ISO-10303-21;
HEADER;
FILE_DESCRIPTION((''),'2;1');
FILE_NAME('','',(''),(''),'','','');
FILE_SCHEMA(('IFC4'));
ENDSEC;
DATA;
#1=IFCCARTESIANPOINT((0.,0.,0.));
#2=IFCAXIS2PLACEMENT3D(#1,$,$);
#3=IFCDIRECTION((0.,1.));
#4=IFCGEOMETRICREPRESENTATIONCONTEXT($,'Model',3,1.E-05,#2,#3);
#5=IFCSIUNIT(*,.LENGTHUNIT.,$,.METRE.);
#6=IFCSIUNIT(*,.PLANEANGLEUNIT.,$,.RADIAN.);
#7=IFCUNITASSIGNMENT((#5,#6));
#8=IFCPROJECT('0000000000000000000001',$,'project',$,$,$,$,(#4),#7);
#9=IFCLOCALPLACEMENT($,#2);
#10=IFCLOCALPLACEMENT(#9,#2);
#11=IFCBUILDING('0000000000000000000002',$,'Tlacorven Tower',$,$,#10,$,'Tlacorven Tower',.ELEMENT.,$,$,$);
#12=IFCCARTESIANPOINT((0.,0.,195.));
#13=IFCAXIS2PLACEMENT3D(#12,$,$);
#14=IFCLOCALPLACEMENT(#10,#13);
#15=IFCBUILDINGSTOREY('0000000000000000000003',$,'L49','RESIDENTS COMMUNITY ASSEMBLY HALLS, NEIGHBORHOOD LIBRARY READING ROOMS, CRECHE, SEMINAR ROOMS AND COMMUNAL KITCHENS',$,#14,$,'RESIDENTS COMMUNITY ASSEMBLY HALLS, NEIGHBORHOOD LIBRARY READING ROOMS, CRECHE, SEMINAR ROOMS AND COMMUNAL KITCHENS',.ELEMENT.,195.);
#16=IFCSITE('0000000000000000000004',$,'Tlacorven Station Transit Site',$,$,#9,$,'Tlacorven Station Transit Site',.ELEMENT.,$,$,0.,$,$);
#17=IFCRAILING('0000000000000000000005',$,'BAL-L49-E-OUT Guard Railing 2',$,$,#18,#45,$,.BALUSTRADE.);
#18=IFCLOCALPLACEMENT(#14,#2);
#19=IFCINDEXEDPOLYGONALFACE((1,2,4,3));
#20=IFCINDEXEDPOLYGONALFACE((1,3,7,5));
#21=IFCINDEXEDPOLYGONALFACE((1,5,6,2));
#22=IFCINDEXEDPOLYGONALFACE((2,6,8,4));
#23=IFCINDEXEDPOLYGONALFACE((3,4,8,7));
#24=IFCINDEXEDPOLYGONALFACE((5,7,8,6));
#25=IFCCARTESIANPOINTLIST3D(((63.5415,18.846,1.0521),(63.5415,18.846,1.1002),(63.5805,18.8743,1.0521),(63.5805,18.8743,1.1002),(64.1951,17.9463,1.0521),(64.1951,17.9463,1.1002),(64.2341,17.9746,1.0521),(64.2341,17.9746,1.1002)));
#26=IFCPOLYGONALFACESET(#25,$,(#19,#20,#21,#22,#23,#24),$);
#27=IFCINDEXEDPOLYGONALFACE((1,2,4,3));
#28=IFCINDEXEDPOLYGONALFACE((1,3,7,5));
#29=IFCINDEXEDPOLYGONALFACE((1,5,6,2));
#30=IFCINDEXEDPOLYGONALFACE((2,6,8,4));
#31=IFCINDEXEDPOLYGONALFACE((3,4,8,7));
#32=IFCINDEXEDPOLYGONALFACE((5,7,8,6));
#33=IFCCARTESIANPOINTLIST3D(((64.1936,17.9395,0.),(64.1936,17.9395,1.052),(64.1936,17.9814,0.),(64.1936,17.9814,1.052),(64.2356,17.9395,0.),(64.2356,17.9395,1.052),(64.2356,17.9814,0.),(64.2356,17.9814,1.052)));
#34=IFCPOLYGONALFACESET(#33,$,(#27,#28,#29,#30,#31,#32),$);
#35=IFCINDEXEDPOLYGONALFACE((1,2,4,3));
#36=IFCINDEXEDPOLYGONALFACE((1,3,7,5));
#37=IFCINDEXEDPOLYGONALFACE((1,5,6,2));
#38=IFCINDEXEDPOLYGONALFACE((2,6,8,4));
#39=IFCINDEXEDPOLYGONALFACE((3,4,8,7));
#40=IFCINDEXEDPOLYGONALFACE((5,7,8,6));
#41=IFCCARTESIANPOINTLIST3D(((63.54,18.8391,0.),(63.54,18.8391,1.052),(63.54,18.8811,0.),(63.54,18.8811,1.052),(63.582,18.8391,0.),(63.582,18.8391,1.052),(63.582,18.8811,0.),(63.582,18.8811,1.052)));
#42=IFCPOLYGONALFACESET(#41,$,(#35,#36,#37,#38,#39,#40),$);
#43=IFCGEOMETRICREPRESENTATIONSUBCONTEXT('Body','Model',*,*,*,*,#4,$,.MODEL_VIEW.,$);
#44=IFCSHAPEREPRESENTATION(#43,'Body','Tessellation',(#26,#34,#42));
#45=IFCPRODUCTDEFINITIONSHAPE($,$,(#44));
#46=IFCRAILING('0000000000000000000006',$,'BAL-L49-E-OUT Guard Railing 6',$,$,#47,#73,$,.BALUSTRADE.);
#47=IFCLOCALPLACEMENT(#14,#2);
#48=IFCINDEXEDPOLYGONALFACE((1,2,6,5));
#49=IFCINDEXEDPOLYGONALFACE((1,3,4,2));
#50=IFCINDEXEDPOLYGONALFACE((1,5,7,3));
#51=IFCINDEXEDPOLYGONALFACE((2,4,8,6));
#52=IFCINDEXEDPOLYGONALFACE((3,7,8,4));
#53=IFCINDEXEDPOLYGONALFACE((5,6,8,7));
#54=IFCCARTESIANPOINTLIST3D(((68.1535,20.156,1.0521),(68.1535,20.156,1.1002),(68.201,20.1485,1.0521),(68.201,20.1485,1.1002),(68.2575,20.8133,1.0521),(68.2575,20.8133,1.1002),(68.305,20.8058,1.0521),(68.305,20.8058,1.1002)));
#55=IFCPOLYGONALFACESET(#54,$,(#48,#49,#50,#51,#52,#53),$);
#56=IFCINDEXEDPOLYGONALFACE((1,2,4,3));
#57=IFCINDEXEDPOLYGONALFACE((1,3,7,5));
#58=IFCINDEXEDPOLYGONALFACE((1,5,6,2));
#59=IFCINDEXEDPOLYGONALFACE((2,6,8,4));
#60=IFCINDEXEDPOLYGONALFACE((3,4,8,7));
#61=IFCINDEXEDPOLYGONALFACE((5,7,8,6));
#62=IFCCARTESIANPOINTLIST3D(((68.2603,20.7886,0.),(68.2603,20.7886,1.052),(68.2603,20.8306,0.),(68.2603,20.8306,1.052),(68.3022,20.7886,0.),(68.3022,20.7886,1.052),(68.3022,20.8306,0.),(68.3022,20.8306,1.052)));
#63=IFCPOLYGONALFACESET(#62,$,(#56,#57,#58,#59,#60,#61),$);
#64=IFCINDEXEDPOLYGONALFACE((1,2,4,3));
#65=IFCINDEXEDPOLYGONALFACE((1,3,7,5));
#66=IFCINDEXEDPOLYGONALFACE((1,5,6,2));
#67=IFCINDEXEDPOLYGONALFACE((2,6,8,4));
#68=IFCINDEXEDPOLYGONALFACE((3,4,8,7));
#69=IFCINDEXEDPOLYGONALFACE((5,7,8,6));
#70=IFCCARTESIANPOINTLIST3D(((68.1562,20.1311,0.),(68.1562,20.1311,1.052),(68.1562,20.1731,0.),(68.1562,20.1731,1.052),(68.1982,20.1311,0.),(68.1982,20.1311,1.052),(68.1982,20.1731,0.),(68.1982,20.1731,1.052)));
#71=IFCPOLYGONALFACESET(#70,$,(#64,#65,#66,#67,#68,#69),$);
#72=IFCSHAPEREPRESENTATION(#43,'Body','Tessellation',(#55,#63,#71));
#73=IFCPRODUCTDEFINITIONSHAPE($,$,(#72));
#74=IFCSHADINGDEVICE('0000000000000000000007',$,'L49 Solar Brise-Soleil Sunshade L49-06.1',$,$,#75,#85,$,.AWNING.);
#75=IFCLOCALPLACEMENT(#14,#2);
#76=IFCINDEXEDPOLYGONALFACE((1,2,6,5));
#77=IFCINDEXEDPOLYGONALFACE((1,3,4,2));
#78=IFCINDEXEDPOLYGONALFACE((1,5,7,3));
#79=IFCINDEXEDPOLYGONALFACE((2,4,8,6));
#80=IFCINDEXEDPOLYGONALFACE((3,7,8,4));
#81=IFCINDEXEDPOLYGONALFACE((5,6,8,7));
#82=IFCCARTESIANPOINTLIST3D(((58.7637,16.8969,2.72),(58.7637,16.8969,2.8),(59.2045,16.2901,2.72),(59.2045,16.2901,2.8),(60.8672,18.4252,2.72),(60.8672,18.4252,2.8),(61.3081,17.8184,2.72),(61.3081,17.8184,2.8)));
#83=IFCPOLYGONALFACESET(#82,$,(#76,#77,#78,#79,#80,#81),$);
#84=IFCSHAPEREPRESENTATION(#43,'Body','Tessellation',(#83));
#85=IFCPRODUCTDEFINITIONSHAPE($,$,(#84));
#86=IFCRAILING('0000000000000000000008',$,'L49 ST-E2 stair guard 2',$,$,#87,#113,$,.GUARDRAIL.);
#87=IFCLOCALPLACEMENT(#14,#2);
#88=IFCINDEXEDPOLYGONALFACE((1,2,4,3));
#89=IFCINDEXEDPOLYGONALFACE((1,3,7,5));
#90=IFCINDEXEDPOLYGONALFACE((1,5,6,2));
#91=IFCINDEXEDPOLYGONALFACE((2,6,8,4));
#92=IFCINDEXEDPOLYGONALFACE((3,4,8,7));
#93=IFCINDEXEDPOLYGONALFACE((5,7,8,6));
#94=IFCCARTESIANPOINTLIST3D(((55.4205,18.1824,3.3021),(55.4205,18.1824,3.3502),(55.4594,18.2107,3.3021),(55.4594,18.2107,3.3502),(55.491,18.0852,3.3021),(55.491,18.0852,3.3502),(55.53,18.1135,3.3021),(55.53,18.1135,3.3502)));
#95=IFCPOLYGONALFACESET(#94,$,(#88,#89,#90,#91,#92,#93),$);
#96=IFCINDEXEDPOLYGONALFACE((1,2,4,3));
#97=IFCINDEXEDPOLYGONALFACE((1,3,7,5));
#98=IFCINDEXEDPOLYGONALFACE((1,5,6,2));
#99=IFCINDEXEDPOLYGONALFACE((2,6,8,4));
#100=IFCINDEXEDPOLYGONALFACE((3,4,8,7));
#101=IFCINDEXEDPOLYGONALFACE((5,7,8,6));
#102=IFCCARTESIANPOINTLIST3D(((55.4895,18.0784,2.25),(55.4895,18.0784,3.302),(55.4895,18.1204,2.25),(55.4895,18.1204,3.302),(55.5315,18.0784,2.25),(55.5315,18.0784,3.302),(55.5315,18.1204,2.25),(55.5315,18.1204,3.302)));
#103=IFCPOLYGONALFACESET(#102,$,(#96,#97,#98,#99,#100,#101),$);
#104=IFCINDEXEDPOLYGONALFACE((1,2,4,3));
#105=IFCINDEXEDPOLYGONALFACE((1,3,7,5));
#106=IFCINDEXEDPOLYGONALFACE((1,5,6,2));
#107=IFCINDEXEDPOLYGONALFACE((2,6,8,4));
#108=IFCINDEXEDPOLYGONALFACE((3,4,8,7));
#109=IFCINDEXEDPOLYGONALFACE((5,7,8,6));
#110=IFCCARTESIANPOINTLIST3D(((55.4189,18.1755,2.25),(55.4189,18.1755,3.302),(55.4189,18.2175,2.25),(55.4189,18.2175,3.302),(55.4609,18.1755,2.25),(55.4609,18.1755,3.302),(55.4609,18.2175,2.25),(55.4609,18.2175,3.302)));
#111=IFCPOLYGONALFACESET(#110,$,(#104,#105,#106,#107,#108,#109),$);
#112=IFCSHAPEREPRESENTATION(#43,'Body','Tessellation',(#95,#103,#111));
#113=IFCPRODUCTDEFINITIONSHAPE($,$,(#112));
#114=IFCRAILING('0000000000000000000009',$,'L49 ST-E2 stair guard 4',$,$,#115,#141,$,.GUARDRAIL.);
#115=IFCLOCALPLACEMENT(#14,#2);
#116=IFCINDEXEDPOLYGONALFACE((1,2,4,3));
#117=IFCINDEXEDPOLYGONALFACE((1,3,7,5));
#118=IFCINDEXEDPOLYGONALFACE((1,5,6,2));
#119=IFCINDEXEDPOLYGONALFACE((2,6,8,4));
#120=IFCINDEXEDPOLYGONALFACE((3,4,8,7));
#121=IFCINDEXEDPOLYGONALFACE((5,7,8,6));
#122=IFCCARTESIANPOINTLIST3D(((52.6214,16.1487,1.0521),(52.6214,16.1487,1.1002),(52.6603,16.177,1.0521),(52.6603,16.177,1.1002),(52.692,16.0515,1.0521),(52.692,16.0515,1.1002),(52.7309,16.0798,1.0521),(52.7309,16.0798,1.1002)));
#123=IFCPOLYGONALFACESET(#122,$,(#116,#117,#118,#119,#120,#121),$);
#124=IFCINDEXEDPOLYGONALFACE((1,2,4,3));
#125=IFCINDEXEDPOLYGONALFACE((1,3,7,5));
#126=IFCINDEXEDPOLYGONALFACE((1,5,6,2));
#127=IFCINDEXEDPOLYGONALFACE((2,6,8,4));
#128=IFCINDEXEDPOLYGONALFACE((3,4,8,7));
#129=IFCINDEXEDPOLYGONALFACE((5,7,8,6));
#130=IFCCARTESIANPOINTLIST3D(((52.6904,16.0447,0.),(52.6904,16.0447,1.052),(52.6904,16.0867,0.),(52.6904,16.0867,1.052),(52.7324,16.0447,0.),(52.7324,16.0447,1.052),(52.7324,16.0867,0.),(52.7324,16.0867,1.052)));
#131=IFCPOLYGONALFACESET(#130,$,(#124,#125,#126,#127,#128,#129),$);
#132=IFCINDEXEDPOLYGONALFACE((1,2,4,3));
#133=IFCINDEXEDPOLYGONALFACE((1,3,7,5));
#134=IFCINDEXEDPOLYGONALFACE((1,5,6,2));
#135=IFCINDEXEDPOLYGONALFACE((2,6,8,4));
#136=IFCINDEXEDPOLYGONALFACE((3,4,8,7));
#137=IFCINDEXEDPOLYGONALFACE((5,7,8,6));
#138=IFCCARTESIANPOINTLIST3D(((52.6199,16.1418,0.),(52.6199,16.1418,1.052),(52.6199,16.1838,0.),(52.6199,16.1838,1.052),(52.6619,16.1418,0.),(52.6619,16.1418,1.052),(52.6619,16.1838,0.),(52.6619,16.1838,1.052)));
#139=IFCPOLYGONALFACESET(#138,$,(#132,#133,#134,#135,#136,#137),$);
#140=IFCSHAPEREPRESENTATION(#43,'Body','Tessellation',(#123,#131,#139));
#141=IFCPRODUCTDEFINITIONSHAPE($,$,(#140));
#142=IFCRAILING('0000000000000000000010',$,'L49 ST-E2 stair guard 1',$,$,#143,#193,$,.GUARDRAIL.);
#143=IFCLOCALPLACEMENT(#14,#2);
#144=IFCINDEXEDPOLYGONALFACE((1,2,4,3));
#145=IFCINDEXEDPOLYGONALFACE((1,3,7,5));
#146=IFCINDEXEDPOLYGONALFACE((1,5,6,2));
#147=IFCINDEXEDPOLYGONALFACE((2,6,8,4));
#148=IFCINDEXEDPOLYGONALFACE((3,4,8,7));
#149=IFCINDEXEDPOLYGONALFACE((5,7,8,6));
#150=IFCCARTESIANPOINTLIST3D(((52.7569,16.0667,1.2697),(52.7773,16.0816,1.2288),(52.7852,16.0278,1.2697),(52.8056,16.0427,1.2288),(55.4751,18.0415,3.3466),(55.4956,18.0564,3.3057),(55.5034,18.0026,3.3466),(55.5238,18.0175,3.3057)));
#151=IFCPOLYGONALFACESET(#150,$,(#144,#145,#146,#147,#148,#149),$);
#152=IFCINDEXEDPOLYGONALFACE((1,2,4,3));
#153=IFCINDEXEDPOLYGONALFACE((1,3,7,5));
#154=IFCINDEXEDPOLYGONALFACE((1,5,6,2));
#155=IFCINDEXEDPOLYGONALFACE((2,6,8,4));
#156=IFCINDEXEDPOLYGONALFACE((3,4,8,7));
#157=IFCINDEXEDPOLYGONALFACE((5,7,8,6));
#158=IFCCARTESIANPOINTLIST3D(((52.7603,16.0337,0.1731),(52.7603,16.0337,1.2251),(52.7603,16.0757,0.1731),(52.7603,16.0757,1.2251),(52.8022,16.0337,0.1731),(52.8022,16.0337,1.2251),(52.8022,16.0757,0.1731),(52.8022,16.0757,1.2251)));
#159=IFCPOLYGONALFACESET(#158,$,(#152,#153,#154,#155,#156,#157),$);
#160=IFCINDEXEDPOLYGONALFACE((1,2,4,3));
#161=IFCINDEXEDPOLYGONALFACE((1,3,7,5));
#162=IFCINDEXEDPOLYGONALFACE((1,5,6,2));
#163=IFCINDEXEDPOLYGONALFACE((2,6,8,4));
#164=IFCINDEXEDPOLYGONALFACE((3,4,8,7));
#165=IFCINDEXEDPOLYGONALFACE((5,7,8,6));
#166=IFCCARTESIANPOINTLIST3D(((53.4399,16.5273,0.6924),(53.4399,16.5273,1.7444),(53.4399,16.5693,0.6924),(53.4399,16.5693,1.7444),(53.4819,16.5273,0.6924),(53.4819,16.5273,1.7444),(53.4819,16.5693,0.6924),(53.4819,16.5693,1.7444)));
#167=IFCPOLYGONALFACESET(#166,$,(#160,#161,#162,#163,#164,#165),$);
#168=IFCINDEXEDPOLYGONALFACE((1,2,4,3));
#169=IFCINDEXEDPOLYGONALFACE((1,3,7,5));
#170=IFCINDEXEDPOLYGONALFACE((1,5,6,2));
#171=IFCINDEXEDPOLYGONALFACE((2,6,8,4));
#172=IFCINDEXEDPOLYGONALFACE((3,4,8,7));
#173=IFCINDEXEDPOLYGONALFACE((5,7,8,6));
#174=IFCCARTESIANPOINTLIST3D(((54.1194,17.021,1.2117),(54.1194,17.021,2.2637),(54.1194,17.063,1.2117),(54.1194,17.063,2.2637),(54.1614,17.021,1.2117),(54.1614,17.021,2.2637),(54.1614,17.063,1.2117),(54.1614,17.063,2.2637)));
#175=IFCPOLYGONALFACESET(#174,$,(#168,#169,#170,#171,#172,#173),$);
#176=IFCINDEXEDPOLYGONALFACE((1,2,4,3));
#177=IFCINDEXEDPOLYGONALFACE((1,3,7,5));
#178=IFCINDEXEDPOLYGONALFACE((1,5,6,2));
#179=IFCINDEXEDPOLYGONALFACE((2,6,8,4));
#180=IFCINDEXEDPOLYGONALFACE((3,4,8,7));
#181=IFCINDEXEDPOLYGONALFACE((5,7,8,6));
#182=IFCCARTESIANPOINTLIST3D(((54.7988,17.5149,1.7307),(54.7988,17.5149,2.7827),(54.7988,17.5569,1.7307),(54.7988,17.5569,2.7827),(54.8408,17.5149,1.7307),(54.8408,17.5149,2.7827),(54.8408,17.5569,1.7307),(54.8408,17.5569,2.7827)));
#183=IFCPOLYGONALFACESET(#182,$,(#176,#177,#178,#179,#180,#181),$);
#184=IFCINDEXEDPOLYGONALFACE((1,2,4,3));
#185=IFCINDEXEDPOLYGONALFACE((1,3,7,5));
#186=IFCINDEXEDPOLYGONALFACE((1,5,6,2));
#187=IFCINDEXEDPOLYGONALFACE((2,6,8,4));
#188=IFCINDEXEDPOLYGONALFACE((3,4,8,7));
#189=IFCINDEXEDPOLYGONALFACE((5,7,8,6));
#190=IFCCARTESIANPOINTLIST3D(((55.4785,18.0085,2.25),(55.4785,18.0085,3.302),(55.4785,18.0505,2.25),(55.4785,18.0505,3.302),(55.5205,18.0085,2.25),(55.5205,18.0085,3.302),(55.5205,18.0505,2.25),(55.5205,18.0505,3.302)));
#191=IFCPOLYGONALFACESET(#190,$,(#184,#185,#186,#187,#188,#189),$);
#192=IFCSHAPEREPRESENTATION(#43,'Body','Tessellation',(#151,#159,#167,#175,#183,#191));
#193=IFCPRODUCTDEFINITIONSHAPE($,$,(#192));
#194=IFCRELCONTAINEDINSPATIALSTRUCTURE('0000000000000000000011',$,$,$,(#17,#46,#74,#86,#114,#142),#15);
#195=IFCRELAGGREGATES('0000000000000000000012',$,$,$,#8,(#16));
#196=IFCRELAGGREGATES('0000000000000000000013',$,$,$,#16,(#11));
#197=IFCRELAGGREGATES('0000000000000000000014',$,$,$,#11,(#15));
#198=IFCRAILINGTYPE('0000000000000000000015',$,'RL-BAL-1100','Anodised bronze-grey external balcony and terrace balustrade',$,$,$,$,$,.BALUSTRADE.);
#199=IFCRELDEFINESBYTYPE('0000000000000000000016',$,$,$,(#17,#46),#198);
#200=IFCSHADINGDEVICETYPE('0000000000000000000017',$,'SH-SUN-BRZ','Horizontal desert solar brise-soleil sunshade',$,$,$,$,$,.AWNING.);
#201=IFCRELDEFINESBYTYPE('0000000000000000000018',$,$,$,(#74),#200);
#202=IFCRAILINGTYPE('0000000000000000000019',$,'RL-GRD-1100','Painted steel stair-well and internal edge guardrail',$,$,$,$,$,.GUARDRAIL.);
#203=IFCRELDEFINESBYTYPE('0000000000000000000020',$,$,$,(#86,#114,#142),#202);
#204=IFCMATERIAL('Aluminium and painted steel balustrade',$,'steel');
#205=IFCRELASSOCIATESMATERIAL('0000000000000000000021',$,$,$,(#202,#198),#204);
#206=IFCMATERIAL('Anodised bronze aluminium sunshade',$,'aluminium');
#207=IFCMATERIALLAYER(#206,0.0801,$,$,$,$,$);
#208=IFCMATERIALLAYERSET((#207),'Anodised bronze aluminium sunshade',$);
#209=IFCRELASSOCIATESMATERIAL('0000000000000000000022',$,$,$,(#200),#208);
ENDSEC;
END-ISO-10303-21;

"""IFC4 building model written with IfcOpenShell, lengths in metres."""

from ifc_helpers import new_model, si_unit, direction, frame, origin, origin_2d, place, context, subcontext, project, spatial, rectangle, extrude, source, transform, mapped, material, layer, layer_set, type_object, element, save


model = new_model("IFC4")

# Units and contexts
model_context = context("Model", 3, precision=1e-05, world=origin(), true_north=direction((0.0, 1.0)))
body_context = subcontext(model_context, "Body", "Model", "MODEL_VIEW")
ifc_project = project(units=[si_unit("LENGTHUNIT", "METRE"), si_unit("PLANEANGLEUNIT", "RADIAN")], contexts=[model_context])

# Site, building, storey
site_placement = place(None, origin())
site = spatial("IfcSite", under=ifc_project, at=site_placement, Name="Tlacorven Station Transit Site", LongName="Tlacorven Station Transit Site", CompositionType="ELEMENT", RefElevation=0.0)
building_placement = place(site_placement, origin())
building = spatial("IfcBuilding", under=site, at=building_placement, Name="Tlacorven Tower", LongName="Tlacorven Tower", CompositionType="ELEMENT")
storey_placement = place(building_placement, frame((0.0, 0.0, 195.0)))
storey = spatial("IfcBuildingStorey", under=building, at=storey_placement, Name="L49", Description="RESIDENTS COMMUNITY ASSEMBLY HALLS, NEIGHBORHOOD LIBRARY READING ROOMS, CRECHE, SEMINAR ROOMS AND COMMUNAL KITCHENS", LongName="RESIDENTS COMMUNITY ASSEMBLY HALLS, NEIGHBORHOOD LIBRARY READING ROOMS, CRECHE, SEMINAR ROOMS AND COMMUNAL KITCHENS", CompositionType="ELEMENT", Elevation=195.0)

# Railings
ifc_material_1 = material(Name="Aluminium and painted steel balustrade", Category="steel")
railing_type_1 = type_object("IfcRailingType", Name="RL-GRD-1100", Description="Painted steel stair-well and internal edge guardrail", PredefinedType="GUARDRAIL", material=ifc_material_1)
railing_type_2 = type_object("IfcRailingType", Name="RL-BAL-1100", Description="Anodised bronze-grey external balcony and terrace balustrade", PredefinedType="BALUSTRADE", material=ifc_material_1)
shared_shape_1 = source(origin(), body_context, "Body", "SweptSolid", [
    extrude(rectangle(XDim=0.0481, YDim=0.0481, at=origin_2d()), frame((0.0, 0.0, 1.0762), z_axis=(-0.587741, 0.809049, 0.0), x_axis=(-0.809049, -0.587741, 0.0)), (0.0, 0.0, 1.0), 1.1121),
    extrude(rectangle(XDim=0.042, YDim=0.042, at=origin_2d()), origin(), (0.0, 0.0, 1.0), 1.052),
    extrude(rectangle(XDim=0.042, YDim=0.042, at=origin_2d()), frame((-0.6536, 0.8997, 0.0)), (0.0, 0.0, 1.0), 1.052),
])
railing_1_placement = place(storey_placement, frame((64.2146, 17.9604, 0.0)))
element("IfcRailing", 1, at=railing_1_placement, inside=storey, type_object=railing_type_2, Name="BAL-L49-E-OUT Guard Railing 2", PredefinedType="BALUSTRADE", context=body_context, shape_type="MappedRepresentation", body=[
    mapped(shared_shape_1, transform((0.0, 0.0, 0.0), scale=1.0)),
])
shared_shape_2 = source(origin(), body_context, "Body", "SweptSolid", [
    extrude(rectangle(XDim=0.0481, YDim=0.0481, at=origin_2d()), frame((0.0, 0.0, 1.0762), z_axis=(-0.156245, -0.987718, 0.0), x_axis=(0.987718, -0.156245, 0.0)), (0.0, 0.0, 1.0), 0.6655),
    extrude(rectangle(XDim=0.042, YDim=0.042, at=origin_2d()), origin(), (0.0, 0.0, 1.0), 1.052),
    extrude(rectangle(XDim=0.042, YDim=0.042, at=origin_2d()), frame((-0.104, -0.6575, 0.0)), (0.0, 0.0, 1.0), 1.052),
])
railing_2_placement = place(storey_placement, frame((68.2812, 20.8096, 0.0)))
element("IfcRailing", 2, at=railing_2_placement, inside=storey, type_object=railing_type_2, Name="BAL-L49-E-OUT Guard Railing 6", PredefinedType="BALUSTRADE", context=body_context, shape_type="MappedRepresentation", body=[
    mapped(shared_shape_2, transform((0.0, 0.0, 0.0), scale=1.0)),
])

# Shading device
ifc_material_2 = material(Name="Anodised bronze aluminium sunshade", Category="aluminium")
ifc_layer_1 = layer(ifc_material_2, 0.0801)
ifc_layer_set_1 = layer_set([ifc_layer_1], Name="Anodised bronze aluminium sunshade")
shading_device_type = type_object("IfcShadingDeviceType", Name="SH-SUN-BRZ", Description="Horizontal desert solar brise-soleil sunshade", PredefinedType="AWNING", material=ifc_layer_set_1)
shared_shape_3 = source(origin(), body_context, "Body", "SweptSolid", [
    extrude(rectangle(XDim=2.6001, YDim=0.75, at=origin_2d()), origin(), (0.0, 0.0, 1.0), 0.0801),
])
shading_device_placement = place(storey_placement, frame((60.0359, 17.3577, 2.72), z_axis=(0.0, 0.0, 1.0), x_axis=(-0.809017, -0.587785, 0.0)))
element("IfcShadingDevice", 3, at=shading_device_placement, inside=storey, type_object=shading_device_type, Name="L49 Solar Brise-Soleil Sunshade L49-06.1", PredefinedType="AWNING", context=body_context, shape_type="MappedRepresentation", body=[
    mapped(shared_shape_3, transform((0.0, 0.0, 0.0), scale=1.0)),
])

# Railings
shared_shape_4 = source(origin(), body_context, "Body", "SweptSolid", [
    extrude(rectangle(XDim=0.0481, YDim=0.0481, at=origin_2d()), frame((0.0, 0.0, 1.0762), z_axis=(-0.587567, 0.809175, 0.0), x_axis=(-0.809175, -0.587567, 0.0)), (0.0, 0.0, 1.0), 0.1201),
    extrude(rectangle(XDim=0.042, YDim=0.042, at=origin_2d()), origin(), (0.0, 0.0, 1.0), 1.052),
    extrude(rectangle(XDim=0.042, YDim=0.042, at=origin_2d()), frame((-0.0706, 0.0972, 0.0)), (0.0, 0.0, 1.0), 1.052),
])
for number, where, name in (
    (4, (55.5105, 18.0994, 2.25), "L49 ST-E2 stair guard 2"),
    (5, (52.7114, 16.0657, 0.0), "L49 ST-E2 stair guard 4"),
):
    element("IfcRailing", number, at=place(storey_placement, frame(where)), inside=storey, type_object=railing_type_1, Name=name, PredefinedType="GUARDRAIL", context=body_context, shape_type="MappedRepresentation", body=[
        mapped(shared_shape_4, transform((0.0, 0.0, 0.0), scale=1.0)),
    ])
shared_shape_5 = source(origin(), body_context, "Body", "SweptSolid", [
    extrude(rectangle(XDim=0.0481, YDim=0.0481, at=origin_2d()), frame((0.0, 0.0, 1.0762), z_axis=(0.688167, 0.499963, 0.525798), x_axis=(-0.58777, 0.809028, 0.0)), (0.0, 0.0, 1.0), 3.95),
    extrude(rectangle(XDim=0.042, YDim=0.042, at=origin_2d()), origin(), (0.0, 0.0, 1.0), 1.052),
    extrude(rectangle(XDim=0.042, YDim=0.042, at=origin_2d()), frame((0.6797, 0.4937, 0.5193)), (0.0, 0.0, 1.0), 1.052),
    extrude(rectangle(XDim=0.042, YDim=0.042, at=origin_2d()), frame((1.3591, 0.9873, 1.0386)), (0.0, 0.0, 1.0), 1.052),
    extrude(rectangle(XDim=0.042, YDim=0.042, at=origin_2d()), frame((2.0386, 1.4812, 1.5576)), (0.0, 0.0, 1.0), 1.052),
    extrude(rectangle(XDim=0.042, YDim=0.042, at=origin_2d()), frame((2.7183, 1.9749, 2.0769)), (0.0, 0.0, 1.0), 1.052),
])
railing_3_placement = place(storey_placement, frame((52.7812, 16.0547, 0.1731)))
element("IfcRailing", 6, at=railing_3_placement, inside=storey, type_object=railing_type_1, Name="L49 ST-E2 stair guard 1", PredefinedType="GUARDRAIL", context=body_context, shape_type="MappedRepresentation", body=[
    mapped(shared_shape_5, transform((0.0, 0.0, 0.0), scale=1.0)),
])

save(model, "model.ifc")
